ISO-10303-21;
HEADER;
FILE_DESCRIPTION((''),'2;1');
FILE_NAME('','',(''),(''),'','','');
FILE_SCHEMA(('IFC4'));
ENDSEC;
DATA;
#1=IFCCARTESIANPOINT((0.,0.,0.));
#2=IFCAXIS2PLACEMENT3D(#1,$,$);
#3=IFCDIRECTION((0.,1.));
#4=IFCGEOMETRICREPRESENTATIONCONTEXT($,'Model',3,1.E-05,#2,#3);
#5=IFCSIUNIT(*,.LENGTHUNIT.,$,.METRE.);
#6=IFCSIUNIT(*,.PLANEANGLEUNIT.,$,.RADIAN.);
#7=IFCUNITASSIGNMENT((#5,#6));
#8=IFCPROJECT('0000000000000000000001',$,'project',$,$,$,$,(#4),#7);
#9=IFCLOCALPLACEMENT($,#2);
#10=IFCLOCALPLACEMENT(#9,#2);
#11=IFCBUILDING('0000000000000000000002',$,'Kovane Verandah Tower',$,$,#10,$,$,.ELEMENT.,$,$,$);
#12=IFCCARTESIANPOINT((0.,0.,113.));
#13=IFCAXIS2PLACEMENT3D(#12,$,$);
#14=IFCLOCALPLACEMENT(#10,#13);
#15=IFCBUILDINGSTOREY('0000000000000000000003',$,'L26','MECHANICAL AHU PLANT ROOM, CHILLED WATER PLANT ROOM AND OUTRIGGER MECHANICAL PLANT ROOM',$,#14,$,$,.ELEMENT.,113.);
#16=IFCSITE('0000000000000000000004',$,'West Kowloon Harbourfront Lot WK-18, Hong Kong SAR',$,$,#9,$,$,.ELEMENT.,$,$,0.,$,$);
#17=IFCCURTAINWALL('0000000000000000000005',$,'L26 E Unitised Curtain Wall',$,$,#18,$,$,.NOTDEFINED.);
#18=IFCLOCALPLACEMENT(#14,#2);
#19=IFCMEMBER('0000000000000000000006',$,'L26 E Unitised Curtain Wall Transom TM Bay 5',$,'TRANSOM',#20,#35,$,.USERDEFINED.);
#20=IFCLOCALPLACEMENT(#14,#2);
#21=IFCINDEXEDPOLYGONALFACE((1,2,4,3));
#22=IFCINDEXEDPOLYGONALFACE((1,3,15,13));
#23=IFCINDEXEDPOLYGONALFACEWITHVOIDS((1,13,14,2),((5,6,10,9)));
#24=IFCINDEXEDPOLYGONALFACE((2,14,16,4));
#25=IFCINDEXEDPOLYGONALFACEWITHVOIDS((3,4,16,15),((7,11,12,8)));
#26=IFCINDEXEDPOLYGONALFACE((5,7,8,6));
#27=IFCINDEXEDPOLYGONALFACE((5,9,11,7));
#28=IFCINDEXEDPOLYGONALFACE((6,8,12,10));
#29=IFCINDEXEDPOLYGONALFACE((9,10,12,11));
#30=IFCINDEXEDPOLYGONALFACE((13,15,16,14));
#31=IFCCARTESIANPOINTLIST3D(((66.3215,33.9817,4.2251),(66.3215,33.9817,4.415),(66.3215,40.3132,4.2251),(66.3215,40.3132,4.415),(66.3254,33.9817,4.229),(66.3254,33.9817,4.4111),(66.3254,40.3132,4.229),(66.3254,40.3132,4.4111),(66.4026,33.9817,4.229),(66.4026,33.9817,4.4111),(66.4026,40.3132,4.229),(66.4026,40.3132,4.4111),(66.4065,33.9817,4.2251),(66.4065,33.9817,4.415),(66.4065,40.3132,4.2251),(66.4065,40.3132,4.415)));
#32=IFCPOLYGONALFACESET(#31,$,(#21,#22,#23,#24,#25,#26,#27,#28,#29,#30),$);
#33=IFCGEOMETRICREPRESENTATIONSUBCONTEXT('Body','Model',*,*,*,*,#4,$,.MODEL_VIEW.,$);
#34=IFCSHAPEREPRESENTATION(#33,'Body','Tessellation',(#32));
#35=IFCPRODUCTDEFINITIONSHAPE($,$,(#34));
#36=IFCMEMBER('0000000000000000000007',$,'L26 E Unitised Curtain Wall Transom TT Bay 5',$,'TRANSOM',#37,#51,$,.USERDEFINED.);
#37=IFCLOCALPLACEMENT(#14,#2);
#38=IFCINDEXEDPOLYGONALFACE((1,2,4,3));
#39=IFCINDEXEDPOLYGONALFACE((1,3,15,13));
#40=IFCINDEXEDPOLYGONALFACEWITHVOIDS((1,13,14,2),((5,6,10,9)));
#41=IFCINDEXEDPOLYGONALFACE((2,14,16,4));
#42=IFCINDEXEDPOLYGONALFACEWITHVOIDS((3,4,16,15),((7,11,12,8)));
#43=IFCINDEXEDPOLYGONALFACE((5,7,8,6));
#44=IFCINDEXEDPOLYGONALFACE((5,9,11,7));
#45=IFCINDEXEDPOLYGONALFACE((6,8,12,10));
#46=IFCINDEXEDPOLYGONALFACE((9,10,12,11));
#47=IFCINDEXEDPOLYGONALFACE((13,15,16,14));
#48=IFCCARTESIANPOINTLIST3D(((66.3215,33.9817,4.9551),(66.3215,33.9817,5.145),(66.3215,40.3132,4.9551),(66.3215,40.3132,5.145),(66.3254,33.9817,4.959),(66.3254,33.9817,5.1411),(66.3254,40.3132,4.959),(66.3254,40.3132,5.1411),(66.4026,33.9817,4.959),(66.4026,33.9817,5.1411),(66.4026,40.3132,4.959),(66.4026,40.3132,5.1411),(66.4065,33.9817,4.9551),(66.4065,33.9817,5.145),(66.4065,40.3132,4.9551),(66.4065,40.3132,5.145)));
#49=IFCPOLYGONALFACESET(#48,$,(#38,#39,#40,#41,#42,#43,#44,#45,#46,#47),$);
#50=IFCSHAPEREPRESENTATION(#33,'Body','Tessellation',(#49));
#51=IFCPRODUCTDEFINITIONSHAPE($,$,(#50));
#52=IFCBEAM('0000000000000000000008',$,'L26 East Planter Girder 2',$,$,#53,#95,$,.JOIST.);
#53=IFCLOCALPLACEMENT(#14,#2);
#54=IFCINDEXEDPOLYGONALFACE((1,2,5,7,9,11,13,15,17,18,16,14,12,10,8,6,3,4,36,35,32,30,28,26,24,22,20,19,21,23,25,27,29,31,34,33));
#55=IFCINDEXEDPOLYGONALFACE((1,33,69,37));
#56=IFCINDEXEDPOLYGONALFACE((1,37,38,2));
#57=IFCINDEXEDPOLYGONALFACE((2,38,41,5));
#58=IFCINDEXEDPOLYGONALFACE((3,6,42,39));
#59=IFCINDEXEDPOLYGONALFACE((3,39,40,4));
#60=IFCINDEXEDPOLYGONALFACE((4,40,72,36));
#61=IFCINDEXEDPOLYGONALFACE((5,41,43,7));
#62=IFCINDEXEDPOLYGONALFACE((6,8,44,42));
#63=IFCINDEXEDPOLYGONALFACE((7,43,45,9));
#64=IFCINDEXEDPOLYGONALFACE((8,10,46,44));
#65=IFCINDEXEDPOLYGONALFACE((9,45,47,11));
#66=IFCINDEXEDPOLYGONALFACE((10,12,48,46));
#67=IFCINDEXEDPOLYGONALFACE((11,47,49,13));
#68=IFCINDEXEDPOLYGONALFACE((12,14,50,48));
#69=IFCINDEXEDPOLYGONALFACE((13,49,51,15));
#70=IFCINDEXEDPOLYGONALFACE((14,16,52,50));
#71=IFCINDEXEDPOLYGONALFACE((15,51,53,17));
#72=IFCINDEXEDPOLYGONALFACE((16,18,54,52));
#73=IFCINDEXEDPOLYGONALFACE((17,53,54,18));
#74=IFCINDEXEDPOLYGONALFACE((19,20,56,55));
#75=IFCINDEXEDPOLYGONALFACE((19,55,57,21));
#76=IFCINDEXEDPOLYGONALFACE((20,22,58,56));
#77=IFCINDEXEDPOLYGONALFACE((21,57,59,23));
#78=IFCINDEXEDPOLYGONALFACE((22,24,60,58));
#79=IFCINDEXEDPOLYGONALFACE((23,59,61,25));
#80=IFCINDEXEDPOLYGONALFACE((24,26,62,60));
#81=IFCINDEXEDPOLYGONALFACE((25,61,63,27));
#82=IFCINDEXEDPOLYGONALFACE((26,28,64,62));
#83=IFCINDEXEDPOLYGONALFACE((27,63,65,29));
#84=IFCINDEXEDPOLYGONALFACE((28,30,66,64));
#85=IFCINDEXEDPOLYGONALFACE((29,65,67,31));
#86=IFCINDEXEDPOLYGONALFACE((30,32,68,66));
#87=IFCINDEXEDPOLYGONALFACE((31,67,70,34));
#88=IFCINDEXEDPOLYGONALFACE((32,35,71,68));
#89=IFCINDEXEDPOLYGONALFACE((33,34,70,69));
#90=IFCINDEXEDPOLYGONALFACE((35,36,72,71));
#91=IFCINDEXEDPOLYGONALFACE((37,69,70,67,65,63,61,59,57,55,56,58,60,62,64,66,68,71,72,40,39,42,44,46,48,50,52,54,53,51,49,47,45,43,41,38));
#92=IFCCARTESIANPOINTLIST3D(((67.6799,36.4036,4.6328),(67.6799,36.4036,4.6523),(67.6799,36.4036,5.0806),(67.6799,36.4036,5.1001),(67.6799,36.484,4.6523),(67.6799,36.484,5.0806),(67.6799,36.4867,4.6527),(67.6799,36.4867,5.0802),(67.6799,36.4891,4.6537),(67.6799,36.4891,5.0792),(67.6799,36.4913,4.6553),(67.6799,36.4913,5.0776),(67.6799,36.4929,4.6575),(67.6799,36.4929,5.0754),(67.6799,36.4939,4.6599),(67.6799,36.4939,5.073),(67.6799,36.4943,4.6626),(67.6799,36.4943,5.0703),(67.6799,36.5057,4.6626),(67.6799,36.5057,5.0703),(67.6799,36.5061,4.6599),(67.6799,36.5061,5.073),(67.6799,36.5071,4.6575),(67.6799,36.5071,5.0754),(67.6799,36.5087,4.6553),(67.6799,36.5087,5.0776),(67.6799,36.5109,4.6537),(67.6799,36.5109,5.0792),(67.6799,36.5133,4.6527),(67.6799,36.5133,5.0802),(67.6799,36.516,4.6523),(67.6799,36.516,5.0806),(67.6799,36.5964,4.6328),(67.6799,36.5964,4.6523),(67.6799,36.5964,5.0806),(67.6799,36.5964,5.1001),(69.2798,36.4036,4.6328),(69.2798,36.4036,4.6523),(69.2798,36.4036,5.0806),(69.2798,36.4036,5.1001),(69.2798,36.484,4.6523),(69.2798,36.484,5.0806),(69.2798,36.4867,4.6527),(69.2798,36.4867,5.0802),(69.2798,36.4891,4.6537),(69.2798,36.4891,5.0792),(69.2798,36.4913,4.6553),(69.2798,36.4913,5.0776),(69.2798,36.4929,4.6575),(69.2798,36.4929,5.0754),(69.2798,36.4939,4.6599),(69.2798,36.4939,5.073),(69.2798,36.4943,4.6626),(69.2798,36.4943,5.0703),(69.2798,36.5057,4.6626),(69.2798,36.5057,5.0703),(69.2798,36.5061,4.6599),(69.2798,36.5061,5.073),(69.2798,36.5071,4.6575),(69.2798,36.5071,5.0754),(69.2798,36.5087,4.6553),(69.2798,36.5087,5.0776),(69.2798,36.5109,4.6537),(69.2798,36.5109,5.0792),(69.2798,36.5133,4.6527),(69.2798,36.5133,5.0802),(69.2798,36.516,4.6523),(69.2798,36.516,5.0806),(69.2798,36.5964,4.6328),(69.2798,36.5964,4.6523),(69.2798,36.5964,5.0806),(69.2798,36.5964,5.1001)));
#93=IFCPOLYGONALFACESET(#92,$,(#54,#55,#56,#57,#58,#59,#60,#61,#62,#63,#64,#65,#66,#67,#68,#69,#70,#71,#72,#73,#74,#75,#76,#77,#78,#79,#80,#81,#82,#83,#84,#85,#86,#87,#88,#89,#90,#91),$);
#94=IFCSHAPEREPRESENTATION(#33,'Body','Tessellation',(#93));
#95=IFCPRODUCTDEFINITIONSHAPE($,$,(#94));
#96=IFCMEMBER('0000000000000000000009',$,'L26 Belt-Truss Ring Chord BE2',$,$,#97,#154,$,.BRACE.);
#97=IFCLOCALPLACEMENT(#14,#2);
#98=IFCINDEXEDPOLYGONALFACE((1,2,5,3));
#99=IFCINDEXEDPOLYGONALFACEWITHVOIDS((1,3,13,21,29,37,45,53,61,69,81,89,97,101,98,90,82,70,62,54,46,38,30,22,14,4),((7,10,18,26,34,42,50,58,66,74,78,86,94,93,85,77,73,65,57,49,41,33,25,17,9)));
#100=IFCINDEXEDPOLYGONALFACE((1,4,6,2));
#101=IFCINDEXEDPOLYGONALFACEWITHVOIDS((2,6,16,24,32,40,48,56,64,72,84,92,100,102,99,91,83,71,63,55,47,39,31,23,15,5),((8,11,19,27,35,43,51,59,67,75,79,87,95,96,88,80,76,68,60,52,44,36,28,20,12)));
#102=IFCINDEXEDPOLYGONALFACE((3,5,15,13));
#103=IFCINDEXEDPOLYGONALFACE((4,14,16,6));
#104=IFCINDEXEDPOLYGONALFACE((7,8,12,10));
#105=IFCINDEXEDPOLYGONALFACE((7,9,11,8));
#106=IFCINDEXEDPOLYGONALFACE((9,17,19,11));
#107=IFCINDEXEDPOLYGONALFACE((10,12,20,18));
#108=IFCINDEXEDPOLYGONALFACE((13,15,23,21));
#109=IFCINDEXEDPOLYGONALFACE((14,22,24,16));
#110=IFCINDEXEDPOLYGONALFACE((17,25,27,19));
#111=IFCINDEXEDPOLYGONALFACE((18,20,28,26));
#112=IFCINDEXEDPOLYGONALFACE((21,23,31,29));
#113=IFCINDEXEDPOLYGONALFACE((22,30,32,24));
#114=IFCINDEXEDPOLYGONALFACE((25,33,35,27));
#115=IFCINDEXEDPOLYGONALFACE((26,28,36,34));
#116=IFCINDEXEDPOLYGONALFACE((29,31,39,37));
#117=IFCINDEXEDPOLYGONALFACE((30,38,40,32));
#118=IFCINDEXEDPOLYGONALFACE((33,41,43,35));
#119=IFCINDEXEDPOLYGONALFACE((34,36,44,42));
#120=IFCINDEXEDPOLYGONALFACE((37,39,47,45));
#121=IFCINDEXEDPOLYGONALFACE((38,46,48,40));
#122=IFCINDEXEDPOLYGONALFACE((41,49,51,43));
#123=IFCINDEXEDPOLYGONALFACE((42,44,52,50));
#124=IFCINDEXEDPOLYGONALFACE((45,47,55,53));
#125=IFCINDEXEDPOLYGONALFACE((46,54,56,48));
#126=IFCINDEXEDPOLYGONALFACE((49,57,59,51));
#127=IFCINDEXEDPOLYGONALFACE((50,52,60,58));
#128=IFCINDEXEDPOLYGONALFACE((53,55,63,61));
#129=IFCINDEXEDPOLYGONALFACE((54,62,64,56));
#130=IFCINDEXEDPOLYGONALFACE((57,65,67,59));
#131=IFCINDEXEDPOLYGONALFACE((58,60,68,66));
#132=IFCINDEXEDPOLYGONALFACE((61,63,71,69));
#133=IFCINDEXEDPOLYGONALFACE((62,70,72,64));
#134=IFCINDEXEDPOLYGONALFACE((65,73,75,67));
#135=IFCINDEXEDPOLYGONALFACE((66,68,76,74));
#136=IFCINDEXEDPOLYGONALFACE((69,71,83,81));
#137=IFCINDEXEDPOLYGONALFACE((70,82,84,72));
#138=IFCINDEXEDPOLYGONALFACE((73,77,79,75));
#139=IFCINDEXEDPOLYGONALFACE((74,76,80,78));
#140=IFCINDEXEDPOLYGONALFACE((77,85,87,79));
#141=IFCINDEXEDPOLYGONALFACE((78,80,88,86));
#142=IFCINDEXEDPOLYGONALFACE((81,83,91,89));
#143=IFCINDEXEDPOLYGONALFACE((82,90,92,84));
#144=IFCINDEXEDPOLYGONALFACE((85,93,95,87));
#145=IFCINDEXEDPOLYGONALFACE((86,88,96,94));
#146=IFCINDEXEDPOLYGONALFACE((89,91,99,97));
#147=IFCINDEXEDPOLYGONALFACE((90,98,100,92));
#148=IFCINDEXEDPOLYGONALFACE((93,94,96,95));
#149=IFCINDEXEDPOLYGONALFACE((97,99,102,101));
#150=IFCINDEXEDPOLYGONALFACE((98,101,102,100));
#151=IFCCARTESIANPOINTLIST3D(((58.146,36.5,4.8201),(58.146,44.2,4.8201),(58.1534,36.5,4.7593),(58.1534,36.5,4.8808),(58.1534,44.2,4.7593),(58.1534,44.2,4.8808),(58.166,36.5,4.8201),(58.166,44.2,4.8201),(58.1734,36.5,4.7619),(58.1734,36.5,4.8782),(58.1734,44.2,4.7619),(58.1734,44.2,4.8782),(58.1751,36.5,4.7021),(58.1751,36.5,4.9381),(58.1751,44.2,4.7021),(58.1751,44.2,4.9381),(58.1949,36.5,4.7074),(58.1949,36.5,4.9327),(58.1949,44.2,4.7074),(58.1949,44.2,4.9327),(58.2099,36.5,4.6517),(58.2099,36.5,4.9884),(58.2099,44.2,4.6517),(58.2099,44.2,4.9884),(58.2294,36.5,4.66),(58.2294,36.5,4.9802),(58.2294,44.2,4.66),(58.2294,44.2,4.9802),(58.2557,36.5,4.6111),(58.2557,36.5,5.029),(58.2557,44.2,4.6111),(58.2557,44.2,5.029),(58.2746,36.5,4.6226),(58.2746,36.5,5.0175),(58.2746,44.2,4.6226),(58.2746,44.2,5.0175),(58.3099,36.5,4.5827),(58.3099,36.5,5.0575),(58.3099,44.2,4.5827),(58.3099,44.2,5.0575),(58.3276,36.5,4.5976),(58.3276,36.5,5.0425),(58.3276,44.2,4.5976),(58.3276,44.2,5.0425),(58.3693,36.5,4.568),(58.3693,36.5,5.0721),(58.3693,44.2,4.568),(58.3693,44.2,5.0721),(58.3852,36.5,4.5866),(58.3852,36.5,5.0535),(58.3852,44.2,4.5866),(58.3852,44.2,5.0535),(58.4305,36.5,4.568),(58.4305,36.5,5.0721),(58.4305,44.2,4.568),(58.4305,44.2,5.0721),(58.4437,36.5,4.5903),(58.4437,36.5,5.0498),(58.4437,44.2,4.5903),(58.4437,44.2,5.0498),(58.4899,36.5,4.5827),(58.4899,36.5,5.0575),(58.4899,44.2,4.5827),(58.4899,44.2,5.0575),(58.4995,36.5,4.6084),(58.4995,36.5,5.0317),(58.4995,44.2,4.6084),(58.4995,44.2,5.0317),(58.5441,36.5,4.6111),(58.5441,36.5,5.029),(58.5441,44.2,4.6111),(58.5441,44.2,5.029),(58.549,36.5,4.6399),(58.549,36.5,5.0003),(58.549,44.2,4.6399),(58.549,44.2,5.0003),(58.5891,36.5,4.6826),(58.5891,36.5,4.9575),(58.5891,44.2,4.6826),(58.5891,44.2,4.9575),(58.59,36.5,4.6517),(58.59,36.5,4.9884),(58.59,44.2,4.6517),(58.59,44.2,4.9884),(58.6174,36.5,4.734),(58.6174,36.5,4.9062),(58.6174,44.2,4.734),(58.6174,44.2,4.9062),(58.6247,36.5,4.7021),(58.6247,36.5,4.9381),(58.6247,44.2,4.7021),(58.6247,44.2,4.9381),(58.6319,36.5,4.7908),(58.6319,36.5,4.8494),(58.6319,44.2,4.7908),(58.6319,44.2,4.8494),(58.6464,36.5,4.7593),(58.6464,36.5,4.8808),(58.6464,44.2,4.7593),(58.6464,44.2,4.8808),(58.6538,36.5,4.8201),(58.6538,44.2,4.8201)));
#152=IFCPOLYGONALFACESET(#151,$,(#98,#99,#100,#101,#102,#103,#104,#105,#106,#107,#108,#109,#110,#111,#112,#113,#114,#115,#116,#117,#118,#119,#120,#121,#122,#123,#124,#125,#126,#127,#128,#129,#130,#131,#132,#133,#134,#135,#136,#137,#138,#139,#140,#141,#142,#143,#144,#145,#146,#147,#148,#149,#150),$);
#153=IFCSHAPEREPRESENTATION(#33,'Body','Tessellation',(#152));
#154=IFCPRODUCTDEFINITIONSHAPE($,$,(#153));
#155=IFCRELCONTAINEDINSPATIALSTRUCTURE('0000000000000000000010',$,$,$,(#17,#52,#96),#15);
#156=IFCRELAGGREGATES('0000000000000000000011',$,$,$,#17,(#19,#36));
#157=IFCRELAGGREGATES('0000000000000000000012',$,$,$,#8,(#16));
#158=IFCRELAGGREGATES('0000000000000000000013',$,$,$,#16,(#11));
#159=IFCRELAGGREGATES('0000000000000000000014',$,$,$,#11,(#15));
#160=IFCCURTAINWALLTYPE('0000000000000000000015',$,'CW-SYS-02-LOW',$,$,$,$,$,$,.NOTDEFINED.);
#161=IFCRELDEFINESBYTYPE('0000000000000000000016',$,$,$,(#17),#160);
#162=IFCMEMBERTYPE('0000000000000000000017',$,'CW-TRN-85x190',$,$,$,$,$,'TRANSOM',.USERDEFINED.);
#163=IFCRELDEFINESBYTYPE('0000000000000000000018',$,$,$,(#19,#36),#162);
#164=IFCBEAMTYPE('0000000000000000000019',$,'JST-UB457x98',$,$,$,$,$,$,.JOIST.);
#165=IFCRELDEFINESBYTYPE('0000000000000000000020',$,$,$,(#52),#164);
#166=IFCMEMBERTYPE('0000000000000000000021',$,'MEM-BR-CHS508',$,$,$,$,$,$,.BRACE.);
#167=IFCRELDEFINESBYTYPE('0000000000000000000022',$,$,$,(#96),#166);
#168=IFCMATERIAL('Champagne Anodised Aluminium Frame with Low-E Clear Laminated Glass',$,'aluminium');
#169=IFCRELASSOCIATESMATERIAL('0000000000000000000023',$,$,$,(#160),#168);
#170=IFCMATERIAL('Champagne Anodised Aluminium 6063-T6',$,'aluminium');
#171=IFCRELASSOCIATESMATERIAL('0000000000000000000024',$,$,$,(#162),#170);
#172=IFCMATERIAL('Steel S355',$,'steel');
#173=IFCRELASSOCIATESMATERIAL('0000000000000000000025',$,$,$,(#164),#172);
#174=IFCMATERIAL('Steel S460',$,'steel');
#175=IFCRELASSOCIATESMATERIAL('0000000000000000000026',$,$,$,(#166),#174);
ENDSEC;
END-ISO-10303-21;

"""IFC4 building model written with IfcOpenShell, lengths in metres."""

from ifc_helpers import new_model, si_unit, direction, frame, origin, origin_2d, place, context, subcontext, project, spatial, hollow_rectangle, hollow_circle, i_section, extrude, material, material_profile, profile_set, type_object, element, aggregate, save


model = new_model("IFC4")

# Units and contexts
model_context = context("Model", 3, precision=1e-05, world=origin(), true_north=direction((0.0, 1.0)))
body_context = subcontext(model_context, "Body", "Model", "MODEL_VIEW")
ifc_project = project(units=[si_unit("LENGTHUNIT", "METRE"), si_unit("PLANEANGLEUNIT", "RADIAN")], contexts=[model_context])

# Site, building, storey
site_placement = place(None, origin())
site = spatial("IfcSite", under=ifc_project, at=site_placement, Name="West Kowloon Harbourfront Lot WK-18, Hong Kong SAR", CompositionType="ELEMENT", RefElevation=0.0)
building_placement = place(site_placement, origin())
building = spatial("IfcBuilding", under=site, at=building_placement, Name="Kovane Verandah Tower", CompositionType="ELEMENT")
storey_placement = place(building_placement, frame((0.0, 0.0, 113.0)))
storey = spatial("IfcBuildingStorey", under=building, at=storey_placement, Name="L26", Description="MECHANICAL AHU PLANT ROOM, CHILLED WATER PLANT ROOM AND OUTRIGGER MECHANICAL PLANT ROOM", CompositionType="ELEMENT", Elevation=113.0)

# Shared definitions
ifc_material_1 = material(Name="Steel S460", Category="steel")

# Curtain wall, members
ifc_material_2 = material(Name="Champagne Anodised Aluminium Frame with Low-E Clear Laminated Glass", Category="aluminium")
curtain_wall_type = type_object("IfcCurtainWallType", Name="CW-SYS-02-LOW", PredefinedType="NOTDEFINED", material=ifc_material_2)
curtain_wall_placement = place(storey_placement, origin())
curtain_wall = element("IfcCurtainWall", 1, at=curtain_wall_placement, inside=storey, type_object=curtain_wall_type, Name="L26 E Unitised Curtain Wall", PredefinedType="NOTDEFINED")
ifc_material_3 = material(Name="Champagne Anodised Aluminium 6063-T6", Category="aluminium")
ifc_material_profile_1 = material_profile(ifc_material_3, hollow_rectangle(XDim=0.085, YDim=0.1899, WallThickness=0.0039, at=origin_2d()), Name="AL85x190x4")
ifc_profile_set_1 = profile_set([ifc_material_profile_1], Name="Champagne Anodised Aluminium 6063-T6")
member_type_1 = type_object("IfcMemberType", Name="CW-TRN-85x190", ElementType="TRANSOM", PredefinedType="USERDEFINED", material=ifc_profile_set_1)
member_1_placement = place(storey_placement, frame((66.364, 33.9817, 4.3201), z_axis=(0.0, 1.0, 0.0), x_axis=(-1.0, 0.0, 0.0)))
member_1 = element("IfcMember", 2, at=member_1_placement, type_object=member_type_1, Name="L26 E Unitised Curtain Wall Transom TM Bay 5", ObjectType="TRANSOM", PredefinedType="USERDEFINED", context=body_context, shape_type="SweptSolid", body=[
    extrude(hollow_rectangle(XDim=0.085, YDim=0.1899, WallThickness=0.0039, at=origin_2d()), origin(), (0.0, 0.0, 1.0), 6.3315),
])
member_2_placement = place(storey_placement, frame((66.364, 33.9817, 5.05), z_axis=(0.0, 1.0, 0.0), x_axis=(-1.0, 0.0, 0.0)))
member_2 = element("IfcMember", 3, at=member_2_placement, type_object=member_type_1, Name="L26 E Unitised Curtain Wall Transom TT Bay 5", ObjectType="TRANSOM", PredefinedType="USERDEFINED", context=body_context, shape_type="SweptSolid", body=[
    extrude(hollow_rectangle(XDim=0.085, YDim=0.1899, WallThickness=0.0039, at=origin_2d()), origin(), (0.0, 0.0, 1.0), 6.3315),
])

# Beam
ifc_material_4 = material(Name="Steel S355", Category="steel")
ifc_material_profile_2 = material_profile(ifc_material_4, i_section(OverallWidth=0.1929, OverallDepth=0.4673, WebThickness=0.0115, FlangeThickness=0.0195, FilletRadius=0.0103, at=origin_2d()), Name="UB457x191x98")
ifc_profile_set_2 = profile_set([ifc_material_profile_2], Name="Steel S355")
beam_type_1 = type_object("IfcBeamType", Name="JST-UB457x98", PredefinedType="JOIST", material=ifc_profile_set_2)
beam_1_placement = place(storey_placement, frame((67.6799, 36.5, 4.8665), z_axis=(1.0, 0.0, 0.0), x_axis=(0.0, 1.0, 0.0)))
element("IfcBeam", 4, at=beam_1_placement, inside=storey, type_object=beam_type_1, Name="L26 East Planter Girder 2", PredefinedType="JOIST", context=body_context, shape_type="SweptSolid", body=[
    extrude(i_section(OverallWidth=0.1929, OverallDepth=0.4673, WebThickness=0.0115, FlangeThickness=0.0195, FilletRadius=0.0103, at=origin_2d()), origin(), (0.0, 0.0, 1.0), 1.5999),
])

# Member
ifc_material_profile_3 = material_profile(ifc_material_1, hollow_circle(Radius=0.2539, WallThickness=0.02, at=origin_2d()), Name="CHS508x20")
ifc_profile_set_3 = profile_set([ifc_material_profile_3], Name="Steel S460")
member_type_2 = type_object("IfcMemberType", Name="MEM-BR-CHS508", PredefinedType="BRACE", material=ifc_profile_set_3)
member_3_placement = place(storey_placement, frame((58.3999, 36.5, 4.8201), z_axis=(0.0, 1.0, 0.0), x_axis=(-1.0, 0.0, 0.0)))
element("IfcMember", 5, at=member_3_placement, inside=storey, type_object=member_type_2, Name="L26 Belt-Truss Ring Chord BE2", PredefinedType="BRACE", context=body_context, shape_type="SweptSolid", body=[
    extrude(hollow_circle(Radius=0.2539, WallThickness=0.02, at=origin_2d()), origin(), (0.0, 0.0, 1.0), 7.7),
])

aggregate(curtain_wall, [member_1, member_2])

save(model, "model.ifc")
